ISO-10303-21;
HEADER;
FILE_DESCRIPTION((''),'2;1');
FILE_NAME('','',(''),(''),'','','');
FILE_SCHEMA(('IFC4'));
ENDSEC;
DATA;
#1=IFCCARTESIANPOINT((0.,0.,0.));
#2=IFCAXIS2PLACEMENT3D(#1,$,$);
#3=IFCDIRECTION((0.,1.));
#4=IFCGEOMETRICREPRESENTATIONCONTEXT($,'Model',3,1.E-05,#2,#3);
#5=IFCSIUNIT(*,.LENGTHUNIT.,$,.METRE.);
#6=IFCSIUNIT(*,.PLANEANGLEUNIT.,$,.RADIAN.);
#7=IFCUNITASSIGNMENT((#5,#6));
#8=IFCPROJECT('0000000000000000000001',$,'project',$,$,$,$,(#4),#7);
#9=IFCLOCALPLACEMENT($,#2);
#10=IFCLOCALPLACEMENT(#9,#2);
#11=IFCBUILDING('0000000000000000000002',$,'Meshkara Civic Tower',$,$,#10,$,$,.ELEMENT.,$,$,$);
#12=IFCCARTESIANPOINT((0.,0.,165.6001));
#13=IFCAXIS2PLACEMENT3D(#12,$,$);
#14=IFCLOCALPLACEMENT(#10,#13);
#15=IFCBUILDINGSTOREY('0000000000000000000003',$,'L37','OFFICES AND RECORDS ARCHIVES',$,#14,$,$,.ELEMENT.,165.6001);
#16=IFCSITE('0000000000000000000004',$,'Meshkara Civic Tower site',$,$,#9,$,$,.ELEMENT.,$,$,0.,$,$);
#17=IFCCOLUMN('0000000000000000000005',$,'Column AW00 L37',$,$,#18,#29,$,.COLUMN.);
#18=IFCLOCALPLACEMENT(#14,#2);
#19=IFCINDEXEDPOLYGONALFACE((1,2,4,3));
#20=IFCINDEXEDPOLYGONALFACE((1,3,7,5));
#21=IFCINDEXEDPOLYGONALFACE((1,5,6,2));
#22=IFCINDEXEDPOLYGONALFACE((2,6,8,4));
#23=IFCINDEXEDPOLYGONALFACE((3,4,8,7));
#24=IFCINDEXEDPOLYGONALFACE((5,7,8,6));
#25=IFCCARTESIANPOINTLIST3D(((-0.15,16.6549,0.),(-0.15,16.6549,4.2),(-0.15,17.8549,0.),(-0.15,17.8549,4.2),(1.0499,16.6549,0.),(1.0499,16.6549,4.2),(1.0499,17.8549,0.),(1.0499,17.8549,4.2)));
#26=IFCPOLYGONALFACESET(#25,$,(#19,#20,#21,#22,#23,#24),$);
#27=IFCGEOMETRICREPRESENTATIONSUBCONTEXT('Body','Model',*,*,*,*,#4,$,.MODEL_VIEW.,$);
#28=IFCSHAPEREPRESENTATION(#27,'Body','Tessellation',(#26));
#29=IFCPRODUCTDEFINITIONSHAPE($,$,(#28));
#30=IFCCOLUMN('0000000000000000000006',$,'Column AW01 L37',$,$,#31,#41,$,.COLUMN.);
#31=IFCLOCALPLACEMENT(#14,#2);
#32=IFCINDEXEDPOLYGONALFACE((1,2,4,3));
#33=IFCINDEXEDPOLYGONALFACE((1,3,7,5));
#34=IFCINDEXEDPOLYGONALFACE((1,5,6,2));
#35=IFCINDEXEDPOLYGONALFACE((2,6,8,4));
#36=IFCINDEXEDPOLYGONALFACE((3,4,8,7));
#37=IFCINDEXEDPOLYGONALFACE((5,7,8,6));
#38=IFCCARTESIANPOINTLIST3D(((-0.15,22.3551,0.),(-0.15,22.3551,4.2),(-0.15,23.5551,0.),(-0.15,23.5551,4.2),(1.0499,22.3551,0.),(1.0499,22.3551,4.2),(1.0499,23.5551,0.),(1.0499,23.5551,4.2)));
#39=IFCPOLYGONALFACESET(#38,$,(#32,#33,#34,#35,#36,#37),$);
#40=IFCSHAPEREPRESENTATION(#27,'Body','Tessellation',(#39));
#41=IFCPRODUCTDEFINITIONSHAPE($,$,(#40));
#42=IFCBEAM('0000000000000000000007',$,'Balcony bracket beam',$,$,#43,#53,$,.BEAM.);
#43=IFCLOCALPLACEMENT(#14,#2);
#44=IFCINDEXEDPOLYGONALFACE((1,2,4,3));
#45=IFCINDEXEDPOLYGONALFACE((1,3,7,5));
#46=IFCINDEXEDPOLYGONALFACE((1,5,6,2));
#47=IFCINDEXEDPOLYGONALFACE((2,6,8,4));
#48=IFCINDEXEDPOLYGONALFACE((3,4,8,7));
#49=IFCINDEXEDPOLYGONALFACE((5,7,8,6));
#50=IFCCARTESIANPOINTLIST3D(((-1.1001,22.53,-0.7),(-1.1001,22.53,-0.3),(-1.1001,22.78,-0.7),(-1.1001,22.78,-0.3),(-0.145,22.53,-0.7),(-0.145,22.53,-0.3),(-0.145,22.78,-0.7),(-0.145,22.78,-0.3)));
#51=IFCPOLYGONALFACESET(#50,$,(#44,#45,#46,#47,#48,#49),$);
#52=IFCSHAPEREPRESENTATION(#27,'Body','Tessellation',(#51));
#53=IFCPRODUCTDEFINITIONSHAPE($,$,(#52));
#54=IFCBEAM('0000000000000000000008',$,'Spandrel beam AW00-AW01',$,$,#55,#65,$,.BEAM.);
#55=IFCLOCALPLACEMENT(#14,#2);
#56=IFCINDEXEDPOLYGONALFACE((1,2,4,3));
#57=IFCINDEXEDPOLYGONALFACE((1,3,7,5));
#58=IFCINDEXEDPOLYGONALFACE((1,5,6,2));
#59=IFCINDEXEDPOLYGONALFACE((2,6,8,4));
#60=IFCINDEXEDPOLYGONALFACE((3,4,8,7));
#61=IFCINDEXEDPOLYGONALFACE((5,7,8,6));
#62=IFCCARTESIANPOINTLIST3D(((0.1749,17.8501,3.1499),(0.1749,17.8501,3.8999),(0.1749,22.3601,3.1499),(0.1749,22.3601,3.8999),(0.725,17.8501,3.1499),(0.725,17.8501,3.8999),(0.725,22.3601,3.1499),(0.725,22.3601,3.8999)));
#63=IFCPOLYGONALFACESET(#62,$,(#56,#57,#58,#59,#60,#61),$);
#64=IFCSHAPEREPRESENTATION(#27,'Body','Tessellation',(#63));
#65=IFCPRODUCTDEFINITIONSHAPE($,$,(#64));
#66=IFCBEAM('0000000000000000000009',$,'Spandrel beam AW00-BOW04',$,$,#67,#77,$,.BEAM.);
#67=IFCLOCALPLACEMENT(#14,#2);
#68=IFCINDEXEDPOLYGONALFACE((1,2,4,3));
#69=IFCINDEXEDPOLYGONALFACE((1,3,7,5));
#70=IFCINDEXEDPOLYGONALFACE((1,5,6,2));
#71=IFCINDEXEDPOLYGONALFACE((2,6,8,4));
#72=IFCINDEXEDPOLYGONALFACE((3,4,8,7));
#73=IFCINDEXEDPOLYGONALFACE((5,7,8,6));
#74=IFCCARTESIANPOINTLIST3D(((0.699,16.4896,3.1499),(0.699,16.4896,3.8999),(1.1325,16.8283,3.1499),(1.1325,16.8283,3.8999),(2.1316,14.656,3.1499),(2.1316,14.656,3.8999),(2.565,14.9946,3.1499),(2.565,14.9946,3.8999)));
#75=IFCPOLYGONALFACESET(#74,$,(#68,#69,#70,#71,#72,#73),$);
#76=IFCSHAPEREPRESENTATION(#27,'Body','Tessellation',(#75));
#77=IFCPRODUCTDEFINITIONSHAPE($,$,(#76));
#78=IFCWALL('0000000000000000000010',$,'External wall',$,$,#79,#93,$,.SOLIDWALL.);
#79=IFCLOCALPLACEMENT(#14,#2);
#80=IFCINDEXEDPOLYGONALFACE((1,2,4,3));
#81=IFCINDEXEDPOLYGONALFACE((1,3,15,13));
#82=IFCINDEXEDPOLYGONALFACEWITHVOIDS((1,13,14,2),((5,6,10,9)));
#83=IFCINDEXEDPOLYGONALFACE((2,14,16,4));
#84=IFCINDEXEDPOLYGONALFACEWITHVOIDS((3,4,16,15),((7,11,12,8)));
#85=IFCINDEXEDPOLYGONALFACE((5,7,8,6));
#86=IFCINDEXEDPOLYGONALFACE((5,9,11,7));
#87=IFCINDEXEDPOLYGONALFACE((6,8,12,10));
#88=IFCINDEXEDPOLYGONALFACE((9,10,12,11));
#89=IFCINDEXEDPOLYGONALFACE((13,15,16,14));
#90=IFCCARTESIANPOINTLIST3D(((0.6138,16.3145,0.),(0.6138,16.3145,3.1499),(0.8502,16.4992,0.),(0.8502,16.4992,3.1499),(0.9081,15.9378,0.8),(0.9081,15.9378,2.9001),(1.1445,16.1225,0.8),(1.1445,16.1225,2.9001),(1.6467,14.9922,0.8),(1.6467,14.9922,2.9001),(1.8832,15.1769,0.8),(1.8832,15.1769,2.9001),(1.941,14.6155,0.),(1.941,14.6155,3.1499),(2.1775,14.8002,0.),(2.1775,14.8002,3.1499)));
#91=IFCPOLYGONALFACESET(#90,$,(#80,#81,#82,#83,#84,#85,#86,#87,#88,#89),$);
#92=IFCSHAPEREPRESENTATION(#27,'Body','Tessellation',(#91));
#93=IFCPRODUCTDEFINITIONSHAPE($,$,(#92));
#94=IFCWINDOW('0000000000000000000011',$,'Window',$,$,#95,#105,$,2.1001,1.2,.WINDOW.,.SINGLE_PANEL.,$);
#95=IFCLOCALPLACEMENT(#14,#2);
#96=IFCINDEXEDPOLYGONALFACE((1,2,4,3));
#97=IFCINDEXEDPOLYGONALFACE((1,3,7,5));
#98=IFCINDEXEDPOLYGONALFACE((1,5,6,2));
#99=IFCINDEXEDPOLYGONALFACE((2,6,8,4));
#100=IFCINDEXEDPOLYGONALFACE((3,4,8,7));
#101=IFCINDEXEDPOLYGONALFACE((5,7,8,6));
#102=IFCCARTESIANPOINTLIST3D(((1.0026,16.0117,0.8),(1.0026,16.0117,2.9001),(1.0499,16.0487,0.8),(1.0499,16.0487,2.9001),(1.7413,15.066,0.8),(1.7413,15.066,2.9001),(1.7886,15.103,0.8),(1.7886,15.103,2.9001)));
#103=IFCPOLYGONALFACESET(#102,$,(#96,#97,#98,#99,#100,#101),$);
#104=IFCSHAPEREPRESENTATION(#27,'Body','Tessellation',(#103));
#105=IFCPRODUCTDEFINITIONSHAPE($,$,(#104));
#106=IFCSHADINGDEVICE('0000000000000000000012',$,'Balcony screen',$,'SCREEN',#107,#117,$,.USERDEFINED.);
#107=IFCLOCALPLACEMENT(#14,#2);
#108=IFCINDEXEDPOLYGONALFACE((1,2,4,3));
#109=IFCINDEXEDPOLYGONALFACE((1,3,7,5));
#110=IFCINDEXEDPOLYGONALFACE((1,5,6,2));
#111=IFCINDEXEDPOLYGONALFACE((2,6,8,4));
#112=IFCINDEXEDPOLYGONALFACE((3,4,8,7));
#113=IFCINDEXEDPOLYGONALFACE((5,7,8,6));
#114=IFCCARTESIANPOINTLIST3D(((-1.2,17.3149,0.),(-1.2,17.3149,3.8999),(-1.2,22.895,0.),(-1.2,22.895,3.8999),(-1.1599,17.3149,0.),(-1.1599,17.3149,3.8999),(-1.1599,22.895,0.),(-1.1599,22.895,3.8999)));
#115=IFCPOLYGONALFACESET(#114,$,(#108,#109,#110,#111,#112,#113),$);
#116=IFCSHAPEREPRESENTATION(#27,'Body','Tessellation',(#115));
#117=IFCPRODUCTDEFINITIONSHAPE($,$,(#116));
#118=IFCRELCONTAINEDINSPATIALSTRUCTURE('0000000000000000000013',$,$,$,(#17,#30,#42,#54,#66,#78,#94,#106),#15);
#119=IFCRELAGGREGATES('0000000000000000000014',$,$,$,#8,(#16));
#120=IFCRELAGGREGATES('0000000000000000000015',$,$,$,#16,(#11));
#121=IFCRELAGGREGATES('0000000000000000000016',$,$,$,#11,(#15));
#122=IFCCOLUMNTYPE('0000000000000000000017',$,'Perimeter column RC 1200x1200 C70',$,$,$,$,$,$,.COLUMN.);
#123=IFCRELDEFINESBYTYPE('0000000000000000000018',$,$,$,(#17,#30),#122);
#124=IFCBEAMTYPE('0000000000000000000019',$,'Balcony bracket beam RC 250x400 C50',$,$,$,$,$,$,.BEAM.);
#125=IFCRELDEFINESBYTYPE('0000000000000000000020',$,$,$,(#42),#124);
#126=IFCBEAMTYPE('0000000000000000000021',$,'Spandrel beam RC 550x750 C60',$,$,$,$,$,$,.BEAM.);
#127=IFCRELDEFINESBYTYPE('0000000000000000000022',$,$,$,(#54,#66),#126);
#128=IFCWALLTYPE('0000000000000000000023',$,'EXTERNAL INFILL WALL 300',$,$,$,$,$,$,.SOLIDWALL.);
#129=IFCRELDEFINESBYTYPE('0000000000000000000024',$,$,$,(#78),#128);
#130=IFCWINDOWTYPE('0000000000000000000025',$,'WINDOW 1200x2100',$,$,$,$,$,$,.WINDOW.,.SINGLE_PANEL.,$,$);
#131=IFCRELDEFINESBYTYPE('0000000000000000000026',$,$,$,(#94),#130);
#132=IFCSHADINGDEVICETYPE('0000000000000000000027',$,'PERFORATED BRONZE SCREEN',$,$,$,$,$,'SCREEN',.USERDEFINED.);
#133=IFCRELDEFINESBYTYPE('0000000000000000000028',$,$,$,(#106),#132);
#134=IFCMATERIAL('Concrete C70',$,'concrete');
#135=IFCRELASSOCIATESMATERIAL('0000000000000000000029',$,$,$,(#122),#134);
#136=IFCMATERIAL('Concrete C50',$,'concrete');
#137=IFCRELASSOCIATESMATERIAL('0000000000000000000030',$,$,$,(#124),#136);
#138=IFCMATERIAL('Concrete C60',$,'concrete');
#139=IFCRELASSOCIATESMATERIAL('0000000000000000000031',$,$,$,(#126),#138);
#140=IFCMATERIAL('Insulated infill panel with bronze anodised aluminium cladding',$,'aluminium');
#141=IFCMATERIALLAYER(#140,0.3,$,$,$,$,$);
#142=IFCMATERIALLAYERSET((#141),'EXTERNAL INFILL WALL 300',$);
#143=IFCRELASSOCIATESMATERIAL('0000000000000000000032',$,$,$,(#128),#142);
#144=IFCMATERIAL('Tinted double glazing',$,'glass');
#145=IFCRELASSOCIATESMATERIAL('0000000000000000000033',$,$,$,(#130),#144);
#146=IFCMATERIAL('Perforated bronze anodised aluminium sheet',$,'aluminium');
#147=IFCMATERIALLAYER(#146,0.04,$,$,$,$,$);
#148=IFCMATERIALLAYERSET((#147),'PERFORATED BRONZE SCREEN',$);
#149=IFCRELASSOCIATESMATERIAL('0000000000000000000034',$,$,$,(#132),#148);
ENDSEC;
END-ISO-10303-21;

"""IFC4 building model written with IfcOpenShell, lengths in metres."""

from ifc_helpers import new_model, si_unit, direction, frame, frame_2d, origin, origin_2d, place, context, subcontext, project, spatial, rectangle, extrude, material, layer, layer_set, material_profile, profile_set, type_object, element, fill, save


model = new_model("IFC4")

# Units and contexts
model_context = context("Model", 3, precision=1e-05, world=origin(), true_north=direction((0.0, 1.0)))
body_context = subcontext(model_context, "Body", "Model", "MODEL_VIEW")
ifc_project = project(units=[si_unit("LENGTHUNIT", "METRE"), si_unit("PLANEANGLEUNIT", "RADIAN")], contexts=[model_context])

# Site, building, storey
site_placement = place(None, origin())
site = spatial("IfcSite", under=ifc_project, at=site_placement, Name="Meshkara Civic Tower site", CompositionType="ELEMENT", RefElevation=0.0)
building_placement = place(site_placement, origin())
building = spatial("IfcBuilding", under=site, at=building_placement, Name="Meshkara Civic Tower", CompositionType="ELEMENT")
storey_placement = place(building_placement, frame((0.0, 0.0, 165.6001)))
storey = spatial("IfcBuildingStorey", under=building, at=storey_placement, Name="L37", Description="OFFICES AND RECORDS ARCHIVES", CompositionType="ELEMENT", Elevation=165.6001)

# Columns
ifc_material_1 = material(Name="Concrete C70", Category="concrete")
ifc_material_profile_1 = material_profile(ifc_material_1, rectangle(XDim=1.2, YDim=1.2, at=origin_2d()))
ifc_profile_set_1 = profile_set([ifc_material_profile_1], Name="Concrete C70")
column_type = type_object("IfcColumnType", Name="Perimeter column RC 1200x1200 C70", PredefinedType="COLUMN", material=ifc_profile_set_1)
for number, where, z_axis, x_axis, name in (
    (1, (0.45, 17.2549, 0.0), (0.0, 0.0, 1.0), (1.0, 0.0, 0.0), "Column AW00 L37"),
    (2, (0.45, 22.9551, 0.0), (0.0, 0.0, 1.0), (1.0, 0.0, 0.0), "Column AW01 L37"),
):
    element("IfcColumn", number, at=place(storey_placement, frame(where, z_axis=z_axis, x_axis=x_axis)), inside=storey, type_object=column_type, Name=name, PredefinedType="COLUMN", context=body_context, shape_type="SweptSolid", body=[
        extrude(rectangle(XDim=1.2, YDim=1.2, at=origin_2d()), origin(), (0.0, 0.0, 1.0), 4.2),
    ])

# Beams
ifc_material_2 = material(Name="Concrete C50", Category="concrete")
ifc_material_profile_2 = material_profile(ifc_material_2, rectangle(XDim=0.25, YDim=0.3999, at=origin_2d()))
ifc_profile_set_2 = profile_set([ifc_material_profile_2], Name="Concrete C50")
beam_type_1 = type_object("IfcBeamType", Name="Balcony bracket beam RC 250x400 C50", PredefinedType="BEAM", material=ifc_profile_set_2)
beam_1_placement = place(storey_placement, frame((-0.145, 22.655, -0.5), z_axis=(-1.0, 0.0, 0.0), x_axis=(0.0, -1.0, 0.0)))
element("IfcBeam", 3, at=beam_1_placement, inside=storey, type_object=beam_type_1, Name="Balcony bracket beam", PredefinedType="BEAM", context=body_context, shape_type="SweptSolid", body=[
    extrude(rectangle(XDim=0.25, YDim=0.3999, at=origin_2d()), origin(), (0.0, 0.0, 1.0), 0.9551),
])
ifc_material_3 = material(Name="Concrete C60", Category="concrete")
ifc_material_profile_3 = material_profile(ifc_material_3, rectangle(XDim=0.55, YDim=0.75, at=origin_2d()))
ifc_profile_set_3 = profile_set([ifc_material_profile_3], Name="Concrete C60")
beam_type_2 = type_object("IfcBeamType", Name="Spandrel beam RC 550x750 C60", PredefinedType="BEAM", material=ifc_profile_set_3)
beam_2_placement = place(storey_placement, frame((0.45, 22.3601, 3.5249), z_axis=(0.0, -1.0, 0.0), x_axis=(1.0, 0.0, 0.0)))
element("IfcBeam", 4, at=beam_2_placement, inside=storey, type_object=beam_type_2, Name="Spandrel beam AW00-AW01", PredefinedType="BEAM", context=body_context, shape_type="SweptSolid", body=[
    extrude(rectangle(XDim=0.55, YDim=0.75, at=origin_2d()), origin(), (0.0, 0.0, 1.0), 4.51),
])
beam_3_placement = place(storey_placement, frame((0.9158, 16.6589, 3.5249), z_axis=(0.615646, -0.788023, 0.0), x_axis=(0.788023, 0.615646, 0.0)))
element("IfcBeam", 5, at=beam_3_placement, inside=storey, type_object=beam_type_2, Name="Spandrel beam AW00-BOW04", PredefinedType="BEAM", context=body_context, shape_type="SweptSolid", body=[
    extrude(rectangle(XDim=0.55, YDim=0.75, at=origin_2d()), origin(), (0.0, 0.0, 1.0), 2.3269),
])

# Wall, opening, window
ifc_material_4 = material(Name="Insulated infill panel with bronze anodised aluminium cladding", Category="aluminium")
ifc_layer_1 = layer(ifc_material_4, 0.3)
ifc_layer_set_1 = layer_set([ifc_layer_1], Name="EXTERNAL INFILL WALL 300")
wall_type_1 = type_object("IfcWallType", Name="EXTERNAL INFILL WALL 300", PredefinedType="SOLIDWALL", material=ifc_layer_set_1)
wall_1_placement = place(storey_placement, frame((0.7319, 16.407, 0.0), z_axis=(0.0, 0.0, 1.0), x_axis=(0.615593, -0.788064, 0.0)))
wall_1 = element("IfcWall", 6, at=wall_1_placement, inside=storey, type_object=wall_type_1, Name="External wall", PredefinedType="SOLIDWALL", context=body_context, shape_type="SweptSolid", body=[
    extrude(rectangle(XDim=2.156, YDim=0.3, at=frame_2d((1.0781, 0.0))), origin(), (0.0, 0.0, 1.0), 3.1499),
])
opening_1_placement = place(wall_1_placement, frame((0.478, 0.0, 0.8)))
opening_1 = element("IfcOpeningElement", 7, at=opening_1_placement, cuts=wall_1, PredefinedType="OPENING", context=body_context, shape_type="SweptSolid", body=[
    extrude(rectangle(XDim=1.2, YDim=2.1001, at=frame_2d((0.6001, 1.05))), frame((0.0, 0.1599, 0.0), z_axis=(0.0, -1.0, 0.0), x_axis=(1.0, 0.0, 0.0)), (0.0, 0.0, 1.0), 0.3201),
])
ifc_material_5 = material(Name="Tinted double glazing", Category="glass")
window_type = type_object("IfcWindowType", Name="WINDOW 1200x2100", PartitioningType="SINGLE_PANEL", PredefinedType="WINDOW", material=ifc_material_5)
window_placement = place(opening_1_placement, origin())
window = element("IfcWindow", 8, at=window_placement, inside=storey, type_object=window_type, Name="Window", OverallHeight=2.1001, OverallWidth=1.2, PartitioningType="SINGLE_PANEL", PredefinedType="WINDOW", context=body_context, shape_type="SweptSolid", body=[
    extrude(rectangle(XDim=1.2, YDim=2.1001, at=frame_2d((0.6001, 1.05))), frame((0.0, 0.03, 0.0), z_axis=(0.0, -1.0, 0.0), x_axis=(1.0, 0.0, 0.0)), (0.0, 0.0, 1.0), 0.0601),
])
fill(opening_1, window)

# Shading device
ifc_material_6 = material(Name="Perforated bronze anodised aluminium sheet", Category="aluminium")
ifc_layer_2 = layer(ifc_material_6, 0.04)
ifc_layer_set_2 = layer_set([ifc_layer_2], Name="PERFORATED BRONZE SCREEN")
shading_device_type = type_object("IfcShadingDeviceType", Name="PERFORATED BRONZE SCREEN", ElementType="SCREEN", PredefinedType="USERDEFINED", material=ifc_layer_set_2)
shading_device_placement = place(storey_placement, frame((-1.1799, 20.105, 0.0), z_axis=(0.0, 0.0, 1.0), x_axis=(0.0, -1.0, 0.0)))
element("IfcShadingDevice", 9, at=shading_device_placement, inside=storey, type_object=shading_device_type, Name="Balcony screen", ObjectType="SCREEN", PredefinedType="USERDEFINED", context=body_context, shape_type="SweptSolid", body=[
    extrude(rectangle(XDim=5.5801, YDim=0.04, at=origin_2d()), origin(), (0.0, 0.0, 1.0), 3.8999),
])

save(model, "model.ifc")
